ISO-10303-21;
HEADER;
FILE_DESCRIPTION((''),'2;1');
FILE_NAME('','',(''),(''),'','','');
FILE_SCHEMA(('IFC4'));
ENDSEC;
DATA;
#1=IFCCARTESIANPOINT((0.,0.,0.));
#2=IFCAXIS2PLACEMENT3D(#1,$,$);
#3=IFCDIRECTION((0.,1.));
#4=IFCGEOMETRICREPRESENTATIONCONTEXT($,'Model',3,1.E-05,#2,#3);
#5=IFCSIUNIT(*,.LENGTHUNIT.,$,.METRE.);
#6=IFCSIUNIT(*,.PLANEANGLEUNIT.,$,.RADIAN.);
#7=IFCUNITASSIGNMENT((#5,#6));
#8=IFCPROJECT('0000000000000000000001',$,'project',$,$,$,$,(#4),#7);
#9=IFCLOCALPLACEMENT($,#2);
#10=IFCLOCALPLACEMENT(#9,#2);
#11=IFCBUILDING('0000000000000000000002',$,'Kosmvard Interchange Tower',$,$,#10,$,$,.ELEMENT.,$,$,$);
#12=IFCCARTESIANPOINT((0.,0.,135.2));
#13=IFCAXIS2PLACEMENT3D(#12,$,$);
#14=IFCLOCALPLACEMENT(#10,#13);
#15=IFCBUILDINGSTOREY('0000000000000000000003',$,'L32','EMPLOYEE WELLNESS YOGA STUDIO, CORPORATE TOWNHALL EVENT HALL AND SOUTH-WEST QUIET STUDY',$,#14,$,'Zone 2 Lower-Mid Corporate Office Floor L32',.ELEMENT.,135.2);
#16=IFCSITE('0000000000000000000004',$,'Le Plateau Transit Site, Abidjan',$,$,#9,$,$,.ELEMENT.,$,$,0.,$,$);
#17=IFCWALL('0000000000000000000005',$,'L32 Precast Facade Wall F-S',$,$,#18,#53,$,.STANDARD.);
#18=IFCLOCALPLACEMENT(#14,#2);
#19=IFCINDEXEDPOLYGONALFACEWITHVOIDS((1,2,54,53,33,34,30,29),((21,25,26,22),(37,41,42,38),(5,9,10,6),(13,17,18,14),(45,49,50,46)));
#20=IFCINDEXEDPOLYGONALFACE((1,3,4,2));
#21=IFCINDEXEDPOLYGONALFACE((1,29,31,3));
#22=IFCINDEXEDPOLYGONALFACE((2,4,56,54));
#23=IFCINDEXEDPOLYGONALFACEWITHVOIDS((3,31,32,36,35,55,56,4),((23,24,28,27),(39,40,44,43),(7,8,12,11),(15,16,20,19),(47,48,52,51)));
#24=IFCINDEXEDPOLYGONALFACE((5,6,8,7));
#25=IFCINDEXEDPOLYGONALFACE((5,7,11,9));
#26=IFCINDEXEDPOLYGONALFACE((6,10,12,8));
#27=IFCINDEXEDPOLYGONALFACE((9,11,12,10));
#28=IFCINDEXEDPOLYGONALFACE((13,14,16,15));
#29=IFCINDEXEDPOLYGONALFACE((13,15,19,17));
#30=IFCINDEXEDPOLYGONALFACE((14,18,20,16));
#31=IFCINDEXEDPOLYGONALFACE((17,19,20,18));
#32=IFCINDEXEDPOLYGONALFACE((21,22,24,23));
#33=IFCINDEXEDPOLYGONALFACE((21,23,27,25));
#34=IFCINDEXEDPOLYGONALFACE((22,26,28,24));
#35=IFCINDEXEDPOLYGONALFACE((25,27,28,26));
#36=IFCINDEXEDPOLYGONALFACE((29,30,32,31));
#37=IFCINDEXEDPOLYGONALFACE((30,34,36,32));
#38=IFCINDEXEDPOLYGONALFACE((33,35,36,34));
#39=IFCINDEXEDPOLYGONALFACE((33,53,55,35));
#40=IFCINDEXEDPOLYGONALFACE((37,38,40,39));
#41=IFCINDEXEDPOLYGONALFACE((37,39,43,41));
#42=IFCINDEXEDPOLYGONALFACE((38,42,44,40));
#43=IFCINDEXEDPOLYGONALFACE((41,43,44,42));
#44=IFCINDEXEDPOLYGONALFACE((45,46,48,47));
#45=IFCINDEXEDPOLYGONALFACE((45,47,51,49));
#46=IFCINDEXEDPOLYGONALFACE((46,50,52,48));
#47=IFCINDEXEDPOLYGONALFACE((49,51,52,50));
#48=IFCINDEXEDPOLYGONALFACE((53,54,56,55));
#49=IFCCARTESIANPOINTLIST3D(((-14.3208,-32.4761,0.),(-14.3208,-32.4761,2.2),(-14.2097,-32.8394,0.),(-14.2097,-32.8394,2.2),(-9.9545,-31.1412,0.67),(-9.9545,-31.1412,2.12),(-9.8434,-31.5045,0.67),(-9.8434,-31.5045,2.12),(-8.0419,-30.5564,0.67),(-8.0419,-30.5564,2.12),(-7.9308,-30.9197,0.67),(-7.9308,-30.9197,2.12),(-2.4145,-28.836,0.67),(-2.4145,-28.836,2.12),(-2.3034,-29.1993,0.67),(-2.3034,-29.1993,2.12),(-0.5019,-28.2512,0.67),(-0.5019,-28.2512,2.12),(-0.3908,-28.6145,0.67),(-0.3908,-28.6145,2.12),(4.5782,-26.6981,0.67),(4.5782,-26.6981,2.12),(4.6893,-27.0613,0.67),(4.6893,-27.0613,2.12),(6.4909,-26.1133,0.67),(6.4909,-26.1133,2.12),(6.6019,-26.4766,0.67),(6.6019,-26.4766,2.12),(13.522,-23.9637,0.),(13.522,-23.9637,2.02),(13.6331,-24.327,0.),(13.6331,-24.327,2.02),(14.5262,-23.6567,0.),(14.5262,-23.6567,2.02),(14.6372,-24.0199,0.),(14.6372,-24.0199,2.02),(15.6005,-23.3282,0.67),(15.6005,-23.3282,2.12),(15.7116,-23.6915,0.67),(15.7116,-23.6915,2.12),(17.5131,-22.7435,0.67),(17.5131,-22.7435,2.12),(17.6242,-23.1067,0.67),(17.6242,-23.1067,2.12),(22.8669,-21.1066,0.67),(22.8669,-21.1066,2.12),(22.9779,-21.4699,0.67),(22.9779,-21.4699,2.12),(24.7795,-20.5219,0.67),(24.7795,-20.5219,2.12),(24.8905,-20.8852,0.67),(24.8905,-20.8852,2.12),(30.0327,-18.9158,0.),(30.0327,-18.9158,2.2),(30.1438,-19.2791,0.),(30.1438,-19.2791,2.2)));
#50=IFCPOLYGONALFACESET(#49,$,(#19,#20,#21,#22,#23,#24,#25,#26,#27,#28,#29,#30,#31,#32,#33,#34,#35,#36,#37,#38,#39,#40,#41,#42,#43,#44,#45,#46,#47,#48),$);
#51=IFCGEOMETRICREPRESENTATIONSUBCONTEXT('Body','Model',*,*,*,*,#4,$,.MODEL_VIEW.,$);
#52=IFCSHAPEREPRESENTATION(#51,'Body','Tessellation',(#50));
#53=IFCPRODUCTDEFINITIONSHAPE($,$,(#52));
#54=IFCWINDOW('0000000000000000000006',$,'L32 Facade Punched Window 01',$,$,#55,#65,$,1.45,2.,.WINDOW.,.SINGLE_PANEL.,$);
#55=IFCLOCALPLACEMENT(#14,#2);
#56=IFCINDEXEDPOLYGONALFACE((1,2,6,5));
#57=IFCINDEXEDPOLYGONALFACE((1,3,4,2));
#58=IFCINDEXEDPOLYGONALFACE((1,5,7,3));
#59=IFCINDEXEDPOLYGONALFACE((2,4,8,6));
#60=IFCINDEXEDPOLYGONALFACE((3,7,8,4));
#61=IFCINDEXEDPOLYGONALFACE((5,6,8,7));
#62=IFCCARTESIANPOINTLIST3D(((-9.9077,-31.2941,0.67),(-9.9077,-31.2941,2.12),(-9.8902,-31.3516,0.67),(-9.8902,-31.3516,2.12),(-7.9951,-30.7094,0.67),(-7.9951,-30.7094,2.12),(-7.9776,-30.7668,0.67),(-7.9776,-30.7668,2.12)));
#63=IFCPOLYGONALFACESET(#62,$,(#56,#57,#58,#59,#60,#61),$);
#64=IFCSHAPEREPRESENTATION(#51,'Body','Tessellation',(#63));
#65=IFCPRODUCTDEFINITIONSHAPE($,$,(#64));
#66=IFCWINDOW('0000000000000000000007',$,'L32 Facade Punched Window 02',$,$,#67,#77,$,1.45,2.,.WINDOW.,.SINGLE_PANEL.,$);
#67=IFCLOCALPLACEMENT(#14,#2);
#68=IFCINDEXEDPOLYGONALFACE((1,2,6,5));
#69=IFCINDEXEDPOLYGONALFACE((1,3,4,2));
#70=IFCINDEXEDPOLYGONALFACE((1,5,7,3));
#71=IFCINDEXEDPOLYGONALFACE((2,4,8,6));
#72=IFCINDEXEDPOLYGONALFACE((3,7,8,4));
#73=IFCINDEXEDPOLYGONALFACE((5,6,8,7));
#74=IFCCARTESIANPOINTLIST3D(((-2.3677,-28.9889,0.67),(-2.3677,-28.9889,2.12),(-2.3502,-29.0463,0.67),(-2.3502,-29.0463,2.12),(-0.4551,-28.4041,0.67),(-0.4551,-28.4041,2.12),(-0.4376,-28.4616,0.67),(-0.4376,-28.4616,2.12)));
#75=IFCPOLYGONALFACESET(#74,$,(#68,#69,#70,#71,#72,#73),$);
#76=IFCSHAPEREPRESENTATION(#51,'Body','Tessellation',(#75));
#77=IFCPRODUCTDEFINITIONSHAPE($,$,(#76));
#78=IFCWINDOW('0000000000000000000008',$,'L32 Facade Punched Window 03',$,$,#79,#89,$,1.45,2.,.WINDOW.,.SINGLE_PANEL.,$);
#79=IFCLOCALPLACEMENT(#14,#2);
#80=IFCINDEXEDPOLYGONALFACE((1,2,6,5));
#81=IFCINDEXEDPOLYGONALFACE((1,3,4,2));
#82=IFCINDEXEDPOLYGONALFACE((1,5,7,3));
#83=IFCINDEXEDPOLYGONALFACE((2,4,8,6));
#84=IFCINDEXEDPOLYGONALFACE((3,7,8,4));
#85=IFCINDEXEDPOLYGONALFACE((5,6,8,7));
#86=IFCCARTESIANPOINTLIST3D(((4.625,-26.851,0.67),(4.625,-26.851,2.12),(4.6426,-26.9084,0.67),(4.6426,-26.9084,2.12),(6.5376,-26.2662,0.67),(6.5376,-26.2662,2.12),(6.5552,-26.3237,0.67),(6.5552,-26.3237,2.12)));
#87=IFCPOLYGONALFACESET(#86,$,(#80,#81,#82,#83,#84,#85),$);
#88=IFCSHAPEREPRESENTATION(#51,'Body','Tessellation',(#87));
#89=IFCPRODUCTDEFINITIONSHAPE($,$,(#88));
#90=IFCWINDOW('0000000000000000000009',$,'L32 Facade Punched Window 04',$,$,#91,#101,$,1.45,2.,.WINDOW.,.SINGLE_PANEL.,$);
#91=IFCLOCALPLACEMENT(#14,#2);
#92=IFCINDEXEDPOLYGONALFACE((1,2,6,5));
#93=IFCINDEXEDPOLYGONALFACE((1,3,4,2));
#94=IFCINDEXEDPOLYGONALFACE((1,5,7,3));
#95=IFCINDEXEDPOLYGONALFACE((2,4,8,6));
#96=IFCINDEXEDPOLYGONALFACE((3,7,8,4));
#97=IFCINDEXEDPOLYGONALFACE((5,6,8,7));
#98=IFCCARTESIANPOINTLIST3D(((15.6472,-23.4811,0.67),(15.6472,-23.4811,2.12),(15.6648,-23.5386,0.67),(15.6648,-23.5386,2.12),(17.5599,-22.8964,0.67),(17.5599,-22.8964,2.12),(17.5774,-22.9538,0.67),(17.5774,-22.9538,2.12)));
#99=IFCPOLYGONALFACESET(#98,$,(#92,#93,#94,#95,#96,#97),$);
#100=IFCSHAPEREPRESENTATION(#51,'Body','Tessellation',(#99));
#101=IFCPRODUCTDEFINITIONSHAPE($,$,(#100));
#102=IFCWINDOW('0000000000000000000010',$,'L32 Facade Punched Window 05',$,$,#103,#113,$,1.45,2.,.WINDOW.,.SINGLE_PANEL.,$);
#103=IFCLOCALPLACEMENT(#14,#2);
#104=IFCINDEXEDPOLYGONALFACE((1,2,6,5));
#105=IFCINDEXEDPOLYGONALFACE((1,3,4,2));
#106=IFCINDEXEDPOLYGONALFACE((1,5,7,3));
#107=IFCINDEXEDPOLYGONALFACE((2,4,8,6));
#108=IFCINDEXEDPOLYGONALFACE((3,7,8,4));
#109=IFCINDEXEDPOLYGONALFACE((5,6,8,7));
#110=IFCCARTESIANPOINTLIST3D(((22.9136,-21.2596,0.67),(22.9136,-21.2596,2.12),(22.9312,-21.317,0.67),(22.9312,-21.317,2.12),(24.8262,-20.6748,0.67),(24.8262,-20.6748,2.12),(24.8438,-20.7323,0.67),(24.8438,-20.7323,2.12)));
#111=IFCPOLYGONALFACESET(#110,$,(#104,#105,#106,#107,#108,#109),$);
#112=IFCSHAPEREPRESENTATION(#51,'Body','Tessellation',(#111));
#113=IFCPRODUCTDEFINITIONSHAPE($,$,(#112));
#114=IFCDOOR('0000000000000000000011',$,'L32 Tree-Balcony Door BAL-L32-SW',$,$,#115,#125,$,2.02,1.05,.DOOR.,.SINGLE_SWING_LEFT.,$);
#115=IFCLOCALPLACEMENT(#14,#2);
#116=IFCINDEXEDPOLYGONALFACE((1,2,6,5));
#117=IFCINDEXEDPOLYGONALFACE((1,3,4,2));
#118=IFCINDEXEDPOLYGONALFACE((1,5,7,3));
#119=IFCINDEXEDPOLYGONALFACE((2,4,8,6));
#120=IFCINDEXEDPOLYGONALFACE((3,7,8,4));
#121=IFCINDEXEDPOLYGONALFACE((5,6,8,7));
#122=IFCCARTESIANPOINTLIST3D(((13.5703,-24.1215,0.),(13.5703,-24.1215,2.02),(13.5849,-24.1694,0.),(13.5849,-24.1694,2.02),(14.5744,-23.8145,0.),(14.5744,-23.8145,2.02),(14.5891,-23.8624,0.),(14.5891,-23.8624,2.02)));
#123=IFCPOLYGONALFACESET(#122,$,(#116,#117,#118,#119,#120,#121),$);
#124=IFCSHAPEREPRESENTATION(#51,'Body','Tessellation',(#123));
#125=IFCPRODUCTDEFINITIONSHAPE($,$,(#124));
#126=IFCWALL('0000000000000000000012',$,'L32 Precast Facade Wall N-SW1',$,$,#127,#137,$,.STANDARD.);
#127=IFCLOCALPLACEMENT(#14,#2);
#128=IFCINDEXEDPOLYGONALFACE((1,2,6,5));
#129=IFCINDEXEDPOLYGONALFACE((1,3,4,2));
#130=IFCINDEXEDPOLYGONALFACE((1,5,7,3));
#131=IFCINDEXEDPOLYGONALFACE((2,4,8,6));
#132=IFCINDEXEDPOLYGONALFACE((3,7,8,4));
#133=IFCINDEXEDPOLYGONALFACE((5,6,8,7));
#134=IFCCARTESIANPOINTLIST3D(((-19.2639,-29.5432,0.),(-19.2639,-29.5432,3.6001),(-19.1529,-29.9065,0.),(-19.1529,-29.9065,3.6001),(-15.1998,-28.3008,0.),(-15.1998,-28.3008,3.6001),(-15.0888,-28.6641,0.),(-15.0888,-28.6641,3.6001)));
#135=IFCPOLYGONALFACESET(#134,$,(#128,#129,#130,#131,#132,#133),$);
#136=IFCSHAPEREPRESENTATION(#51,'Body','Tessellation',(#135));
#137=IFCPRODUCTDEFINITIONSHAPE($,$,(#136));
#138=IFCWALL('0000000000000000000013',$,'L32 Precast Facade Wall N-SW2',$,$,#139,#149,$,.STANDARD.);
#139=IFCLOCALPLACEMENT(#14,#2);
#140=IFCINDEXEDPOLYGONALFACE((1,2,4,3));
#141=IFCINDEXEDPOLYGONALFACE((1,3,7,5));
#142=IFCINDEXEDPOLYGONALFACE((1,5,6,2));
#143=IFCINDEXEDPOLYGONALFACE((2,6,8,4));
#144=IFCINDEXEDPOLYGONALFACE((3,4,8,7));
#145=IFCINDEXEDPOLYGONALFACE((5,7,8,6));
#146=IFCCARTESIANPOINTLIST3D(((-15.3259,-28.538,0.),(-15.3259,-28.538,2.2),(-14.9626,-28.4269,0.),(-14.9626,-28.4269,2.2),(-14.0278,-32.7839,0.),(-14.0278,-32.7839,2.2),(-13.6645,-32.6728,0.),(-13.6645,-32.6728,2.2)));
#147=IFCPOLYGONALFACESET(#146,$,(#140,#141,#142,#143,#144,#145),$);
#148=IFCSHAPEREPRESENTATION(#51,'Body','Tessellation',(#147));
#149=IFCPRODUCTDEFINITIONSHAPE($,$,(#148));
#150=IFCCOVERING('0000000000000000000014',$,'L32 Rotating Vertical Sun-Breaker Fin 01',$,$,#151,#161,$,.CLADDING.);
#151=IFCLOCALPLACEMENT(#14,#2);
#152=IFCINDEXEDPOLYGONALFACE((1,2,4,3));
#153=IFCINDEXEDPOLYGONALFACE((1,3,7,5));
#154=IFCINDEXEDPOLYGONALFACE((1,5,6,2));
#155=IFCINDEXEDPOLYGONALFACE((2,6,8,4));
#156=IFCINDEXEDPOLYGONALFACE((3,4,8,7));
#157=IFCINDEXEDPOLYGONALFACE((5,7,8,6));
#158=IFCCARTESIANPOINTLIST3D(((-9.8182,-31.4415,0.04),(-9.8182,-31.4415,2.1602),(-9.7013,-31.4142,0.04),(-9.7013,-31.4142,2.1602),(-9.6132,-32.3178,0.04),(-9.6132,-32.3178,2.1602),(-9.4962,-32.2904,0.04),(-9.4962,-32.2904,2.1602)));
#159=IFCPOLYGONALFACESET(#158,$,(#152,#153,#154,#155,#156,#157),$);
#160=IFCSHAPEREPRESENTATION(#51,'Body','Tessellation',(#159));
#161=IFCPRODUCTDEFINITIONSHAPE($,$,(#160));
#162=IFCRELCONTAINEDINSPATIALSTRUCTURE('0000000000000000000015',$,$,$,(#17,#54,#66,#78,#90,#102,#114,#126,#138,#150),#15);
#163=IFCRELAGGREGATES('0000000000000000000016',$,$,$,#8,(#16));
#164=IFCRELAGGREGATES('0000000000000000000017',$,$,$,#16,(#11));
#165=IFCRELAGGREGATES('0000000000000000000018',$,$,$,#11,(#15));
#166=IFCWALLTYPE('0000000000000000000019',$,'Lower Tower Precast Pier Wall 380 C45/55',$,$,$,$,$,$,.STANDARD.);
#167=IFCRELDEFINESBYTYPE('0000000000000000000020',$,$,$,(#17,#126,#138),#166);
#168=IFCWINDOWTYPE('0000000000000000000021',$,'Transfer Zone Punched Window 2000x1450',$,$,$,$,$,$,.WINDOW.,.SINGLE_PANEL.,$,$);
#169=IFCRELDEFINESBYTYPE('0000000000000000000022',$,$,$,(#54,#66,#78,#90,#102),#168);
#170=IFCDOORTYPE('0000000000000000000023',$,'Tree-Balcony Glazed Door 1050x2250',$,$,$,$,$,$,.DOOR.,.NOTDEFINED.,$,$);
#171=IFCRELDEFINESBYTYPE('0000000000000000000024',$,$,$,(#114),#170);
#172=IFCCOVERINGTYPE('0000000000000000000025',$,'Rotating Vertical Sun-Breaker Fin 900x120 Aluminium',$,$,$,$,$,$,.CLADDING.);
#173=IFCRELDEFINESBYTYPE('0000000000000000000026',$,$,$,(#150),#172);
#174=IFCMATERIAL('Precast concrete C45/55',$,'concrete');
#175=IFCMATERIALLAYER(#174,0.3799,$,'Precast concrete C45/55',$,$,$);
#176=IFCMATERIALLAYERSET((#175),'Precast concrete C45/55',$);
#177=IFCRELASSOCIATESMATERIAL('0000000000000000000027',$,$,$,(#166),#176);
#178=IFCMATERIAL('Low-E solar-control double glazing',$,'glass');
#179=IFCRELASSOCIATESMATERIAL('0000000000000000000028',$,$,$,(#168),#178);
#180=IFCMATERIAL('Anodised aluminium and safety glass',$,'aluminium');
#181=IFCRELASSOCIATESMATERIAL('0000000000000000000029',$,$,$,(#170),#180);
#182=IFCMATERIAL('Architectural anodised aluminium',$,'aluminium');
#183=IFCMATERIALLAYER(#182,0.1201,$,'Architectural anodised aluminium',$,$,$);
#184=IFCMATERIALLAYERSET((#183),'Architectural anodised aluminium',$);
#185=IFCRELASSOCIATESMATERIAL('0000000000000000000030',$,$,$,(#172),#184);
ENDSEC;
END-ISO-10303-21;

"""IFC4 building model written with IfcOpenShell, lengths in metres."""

from ifc_helpers import new_model, si_unit, direction, frame, frame_2d, origin, origin_2d, place, context, subcontext, project, spatial, rectangle, extrude, source, transform, mapped, material, layer, layer_set, type_object, element, fill, save


model = new_model("IFC4")

# Units and contexts
model_context = context("Model", 3, precision=1e-05, world=origin(), true_north=direction((0.0, 1.0)))
body_context = subcontext(model_context, "Body", "Model", "MODEL_VIEW")
ifc_project = project(units=[si_unit("LENGTHUNIT", "METRE"), si_unit("PLANEANGLEUNIT", "RADIAN")], contexts=[model_context])

# Site, building, storey
site_placement = place(None, origin())
site = spatial("IfcSite", under=ifc_project, at=site_placement, Name="Le Plateau Transit Site, Abidjan", CompositionType="ELEMENT", RefElevation=0.0)
building_placement = place(site_placement, origin())
building = spatial("IfcBuilding", under=site, at=building_placement, Name="Kosmvard Interchange Tower", CompositionType="ELEMENT")
storey_placement = place(building_placement, frame((0.0, 0.0, 135.2)))
storey = spatial("IfcBuildingStorey", under=building, at=storey_placement, Name="L32", Description="EMPLOYEE WELLNESS YOGA STUDIO, CORPORATE TOWNHALL EVENT HALL AND SOUTH-WEST QUIET STUDY", LongName="Zone 2 Lower-Mid Corporate Office Floor L32", CompositionType="ELEMENT", Elevation=135.2)

# Shared definitions
ifc_material_1 = material(Name="Precast concrete C45/55", Category="concrete")

# Wall, openings, windows, door
ifc_layer_1 = layer(ifc_material_1, 0.3799, Name="Precast concrete C45/55")
ifc_layer_set_1 = layer_set([ifc_layer_1], Name="Precast concrete C45/55")
wall_type_1 = type_object("IfcWallType", Name="Lower Tower Precast Pier Wall 380 C45/55", PredefinedType="STANDARD", material=ifc_layer_set_1)
wall_1_placement = place(storey_placement, frame((-14.2651, -32.6577, 0.0), z_axis=(0.0, 0.0, 1.0), x_axis=(0.956304, 0.292373, 0.0)))
wall_1 = element("IfcWall", 1, at=wall_1_placement, inside=storey, type_object=wall_type_1, Name="L32 Precast Facade Wall F-S", PredefinedType="STANDARD", context=body_context, shape_type="SweptSolid", body=[
    extrude(rectangle(XDim=46.3801, YDim=0.3799, at=frame_2d((23.1899, 0.0))), origin(), (0.0, 0.0, 1.0), 2.2),
])
opening_1_placement = place(wall_1_placement, frame((29.115, 0.0, 0.0)))
opening_1 = element("IfcOpeningElement", 2, at=opening_1_placement, cuts=wall_1, PredefinedType="OPENING", context=body_context, shape_type="SweptSolid", body=[
    extrude(rectangle(XDim=1.05, YDim=2.02, at=frame_2d((0.5249, 1.01))), frame((0.0, 0.2, 0.0), z_axis=(0.0, -1.0, 0.0), x_axis=(1.0, 0.0, 0.0)), (0.0, 0.0, 1.0), 0.3999),
])
opening_2_placement = place(wall_1_placement, frame((4.5657, 0.0, 0.6699)))
opening_2 = element("IfcOpeningElement", 3, at=opening_2_placement, cuts=wall_1, PredefinedType="OPENING", context=body_context, shape_type="SweptSolid", body=[
    extrude(rectangle(XDim=2.0, YDim=1.45, at=frame_2d((1.0, 0.7251))), frame((0.0, 0.2, 0.0), z_axis=(0.0, -1.0, 0.0), x_axis=(1.0, 0.0, 0.0)), (0.0, 0.0, 1.0), 0.3999),
])
opening_3_placement = place(wall_1_placement, frame((12.4502, 0.0, 0.6699)))
opening_3 = element("IfcOpeningElement", 4, at=opening_3_placement, cuts=wall_1, PredefinedType="OPENING", context=body_context, shape_type="SweptSolid", body=[
    extrude(rectangle(XDim=2.0, YDim=1.45, at=frame_2d((1.0, 0.7251))), frame((0.0, 0.2, 0.0), z_axis=(0.0, -1.0, 0.0), x_axis=(1.0, 0.0, 0.0)), (0.0, 0.0, 1.0), 0.3999),
])
opening_4_placement = place(wall_1_placement, frame((19.7625, 0.0, 0.6699)))
opening_4 = element("IfcOpeningElement", 5, at=opening_4_placement, cuts=wall_1, PredefinedType="OPENING", context=body_context, shape_type="SweptSolid", body=[
    extrude(rectangle(XDim=2.0, YDim=1.45, at=frame_2d((1.0, 0.7251))), frame((0.0, 0.2, 0.0), z_axis=(0.0, -1.0, 0.0), x_axis=(1.0, 0.0, 0.0)), (0.0, 0.0, 1.0), 0.3999),
])
opening_5_placement = place(wall_1_placement, frame((31.2883, 0.0, 0.6699)))
opening_5 = element("IfcOpeningElement", 6, at=opening_5_placement, cuts=wall_1, PredefinedType="OPENING", context=body_context, shape_type="SweptSolid", body=[
    extrude(rectangle(XDim=2.0, YDim=1.45, at=frame_2d((1.0, 0.7251))), frame((0.0, 0.2, 0.0), z_axis=(0.0, -1.0, 0.0), x_axis=(1.0, 0.0, 0.0)), (0.0, 0.0, 1.0), 0.3999),
])
opening_6_placement = place(wall_1_placement, frame((38.8867, 0.0, 0.6699)))
opening_6 = element("IfcOpeningElement", 7, at=opening_6_placement, cuts=wall_1, PredefinedType="OPENING", context=body_context, shape_type="SweptSolid", body=[
    extrude(rectangle(XDim=2.0, YDim=1.45, at=frame_2d((1.0, 0.7251))), frame((0.0, 0.2, 0.0), z_axis=(0.0, -1.0, 0.0), x_axis=(1.0, 0.0, 0.0)), (0.0, 0.0, 1.0), 0.3999),
])
ifc_material_2 = material(Name="Low-E solar-control double glazing", Category="glass")
window_type = type_object("IfcWindowType", Name="Transfer Zone Punched Window 2000x1450", PartitioningType="SINGLE_PANEL", PredefinedType="WINDOW", material=ifc_material_2)
shared_shape_1 = source(origin(), body_context, "Body", "SweptSolid", [
    extrude(rectangle(XDim=2.0, YDim=1.45, at=frame_2d((1.0, 0.7251))), frame((0.0, 0.03, 0.0), z_axis=(0.0, -1.0, 0.0), x_axis=(1.0, 0.0, 0.0)), (0.0, 0.0, 1.0), 0.0601),
])
window_1_placement = place(opening_2_placement, origin())
window_1 = element("IfcWindow", 8, at=window_1_placement, inside=storey, type_object=window_type, Name="L32 Facade Punched Window 01", OverallHeight=1.45, OverallWidth=2.0, PartitioningType="SINGLE_PANEL", PredefinedType="WINDOW", context=body_context, shape_type="MappedRepresentation", body=[
    mapped(shared_shape_1, transform((0.0, 0.0, 0.0), scale=1.0)),
])
fill(opening_2, window_1)
window_2_placement = place(opening_3_placement, origin())
window_2 = element("IfcWindow", 9, at=window_2_placement, inside=storey, type_object=window_type, Name="L32 Facade Punched Window 02", OverallHeight=1.45, OverallWidth=2.0, PartitioningType="SINGLE_PANEL", PredefinedType="WINDOW", context=body_context, shape_type="MappedRepresentation", body=[
    mapped(shared_shape_1, transform((0.0, 0.0, 0.0), scale=1.0)),
])
fill(opening_3, window_2)
window_3_placement = place(opening_4_placement, origin())
window_3 = element("IfcWindow", 10, at=window_3_placement, inside=storey, type_object=window_type, Name="L32 Facade Punched Window 03", OverallHeight=1.45, OverallWidth=2.0, PartitioningType="SINGLE_PANEL", PredefinedType="WINDOW", context=body_context, shape_type="MappedRepresentation", body=[
    mapped(shared_shape_1, transform((0.0, 0.0, 0.0), scale=1.0)),
])
fill(opening_4, window_3)
window_4_placement = place(opening_5_placement, origin())
window_4 = element("IfcWindow", 11, at=window_4_placement, inside=storey, type_object=window_type, Name="L32 Facade Punched Window 04", OverallHeight=1.45, OverallWidth=2.0, PartitioningType="SINGLE_PANEL", PredefinedType="WINDOW", context=body_context, shape_type="MappedRepresentation", body=[
    mapped(shared_shape_1, transform((0.0, 0.0, 0.0), scale=1.0)),
])
fill(opening_5, window_4)
window_5_placement = place(opening_6_placement, origin())
window_5 = element("IfcWindow", 12, at=window_5_placement, inside=storey, type_object=window_type, Name="L32 Facade Punched Window 05", OverallHeight=1.45, OverallWidth=2.0, PartitioningType="SINGLE_PANEL", PredefinedType="WINDOW", context=body_context, shape_type="MappedRepresentation", body=[
    mapped(shared_shape_1, transform((0.0, 0.0, 0.0), scale=1.0)),
])
fill(opening_6, window_5)
ifc_material_3 = material(Name="Anodised aluminium and safety glass", Category="aluminium")
door_type = type_object("IfcDoorType", Name="Tree-Balcony Glazed Door 1050x2250", OperationType="NOTDEFINED", PredefinedType="DOOR", material=ifc_material_3)
shared_shape_2 = source(origin(), body_context, "Body", "SweptSolid", [
    extrude(rectangle(XDim=1.05, YDim=2.02, at=frame_2d((0.5249, 1.01))), frame((0.0, 0.0249, 0.0), z_axis=(0.0, -1.0, 0.0), x_axis=(1.0, 0.0, 0.0)), (0.0, 0.0, 1.0), 0.05),
])
door_placement = place(opening_1_placement, origin())
door = element("IfcDoor", 13, at=door_placement, inside=storey, type_object=door_type, Name="L32 Tree-Balcony Door BAL-L32-SW", OperationType="SINGLE_SWING_LEFT", OverallHeight=2.02, OverallWidth=1.05, PredefinedType="DOOR", context=body_context, shape_type="MappedRepresentation", body=[
    mapped(shared_shape_2, transform((0.0, 0.0, 0.0), scale=1.0)),
])
fill(opening_1, door)

# Walls
wall_2_placement = place(storey_placement, frame((-19.2085, -29.7249, 0.0), z_axis=(0.0, 0.0, 1.0), x_axis=(0.956313, 0.292346, 0.0)))
element("IfcWall", 14, at=wall_2_placement, inside=storey, type_object=wall_type_1, Name="L32 Precast Facade Wall N-SW1", PredefinedType="STANDARD", context=body_context, shape_type="SweptSolid", body=[
    extrude(rectangle(XDim=4.2498, YDim=0.3799, at=frame_2d((2.125, 0.0))), origin(), (0.0, 0.0, 1.0), 3.6001),
])
wall_3_placement = place(storey_placement, frame((-15.1443, -28.4824, 0.0), z_axis=(0.0, 0.0, 1.0), x_axis=(0.292374, -0.956304, 0.0)))
element("IfcWall", 15, at=wall_3_placement, inside=storey, type_object=wall_type_1, Name="L32 Precast Facade Wall N-SW2", PredefinedType="STANDARD", context=body_context, shape_type="SweptSolid", body=[
    extrude(rectangle(XDim=4.4399, YDim=0.3799, at=frame_2d((2.22, 0.0))), origin(), (0.0, 0.0, 1.0), 2.2),
])

# Covering
ifc_material_4 = material(Name="Architectural anodised aluminium", Category="aluminium")
ifc_layer_2 = layer(ifc_material_4, 0.1201, Name="Architectural anodised aluminium")
ifc_layer_set_2 = layer_set([ifc_layer_2], Name="Architectural anodised aluminium")
covering_type = type_object("IfcCoveringType", Name="Rotating Vertical Sun-Breaker Fin 900x120 Aluminium", PredefinedType="CLADDING", material=ifc_layer_set_2)
shared_shape_3 = source(origin(), body_context, "Body", "SweptSolid", [
    extrude(rectangle(XDim=0.8999, YDim=0.1201, at=origin_2d()), origin(), (0.0, 0.0, 1.0), 2.1201),
])
for number, where, z_axis, x_axis, name in (
    (16, (-9.6572, -31.866, 0.04), (0.0, 0.0, 1.0), (0.227841, -0.973698, 0.0), "L32 Rotating Vertical Sun-Breaker Fin 01"),
):
    element("IfcCovering", number, at=place(storey_placement, frame(where, z_axis=z_axis, x_axis=x_axis)), inside=storey, type_object=covering_type, Name=name, PredefinedType="CLADDING", context=body_context, shape_type="MappedRepresentation", body=[
        mapped(shared_shape_3, transform((0.0, 0.0, 0.0), scale=1.0)),
    ])

save(model, "model.ifc")
